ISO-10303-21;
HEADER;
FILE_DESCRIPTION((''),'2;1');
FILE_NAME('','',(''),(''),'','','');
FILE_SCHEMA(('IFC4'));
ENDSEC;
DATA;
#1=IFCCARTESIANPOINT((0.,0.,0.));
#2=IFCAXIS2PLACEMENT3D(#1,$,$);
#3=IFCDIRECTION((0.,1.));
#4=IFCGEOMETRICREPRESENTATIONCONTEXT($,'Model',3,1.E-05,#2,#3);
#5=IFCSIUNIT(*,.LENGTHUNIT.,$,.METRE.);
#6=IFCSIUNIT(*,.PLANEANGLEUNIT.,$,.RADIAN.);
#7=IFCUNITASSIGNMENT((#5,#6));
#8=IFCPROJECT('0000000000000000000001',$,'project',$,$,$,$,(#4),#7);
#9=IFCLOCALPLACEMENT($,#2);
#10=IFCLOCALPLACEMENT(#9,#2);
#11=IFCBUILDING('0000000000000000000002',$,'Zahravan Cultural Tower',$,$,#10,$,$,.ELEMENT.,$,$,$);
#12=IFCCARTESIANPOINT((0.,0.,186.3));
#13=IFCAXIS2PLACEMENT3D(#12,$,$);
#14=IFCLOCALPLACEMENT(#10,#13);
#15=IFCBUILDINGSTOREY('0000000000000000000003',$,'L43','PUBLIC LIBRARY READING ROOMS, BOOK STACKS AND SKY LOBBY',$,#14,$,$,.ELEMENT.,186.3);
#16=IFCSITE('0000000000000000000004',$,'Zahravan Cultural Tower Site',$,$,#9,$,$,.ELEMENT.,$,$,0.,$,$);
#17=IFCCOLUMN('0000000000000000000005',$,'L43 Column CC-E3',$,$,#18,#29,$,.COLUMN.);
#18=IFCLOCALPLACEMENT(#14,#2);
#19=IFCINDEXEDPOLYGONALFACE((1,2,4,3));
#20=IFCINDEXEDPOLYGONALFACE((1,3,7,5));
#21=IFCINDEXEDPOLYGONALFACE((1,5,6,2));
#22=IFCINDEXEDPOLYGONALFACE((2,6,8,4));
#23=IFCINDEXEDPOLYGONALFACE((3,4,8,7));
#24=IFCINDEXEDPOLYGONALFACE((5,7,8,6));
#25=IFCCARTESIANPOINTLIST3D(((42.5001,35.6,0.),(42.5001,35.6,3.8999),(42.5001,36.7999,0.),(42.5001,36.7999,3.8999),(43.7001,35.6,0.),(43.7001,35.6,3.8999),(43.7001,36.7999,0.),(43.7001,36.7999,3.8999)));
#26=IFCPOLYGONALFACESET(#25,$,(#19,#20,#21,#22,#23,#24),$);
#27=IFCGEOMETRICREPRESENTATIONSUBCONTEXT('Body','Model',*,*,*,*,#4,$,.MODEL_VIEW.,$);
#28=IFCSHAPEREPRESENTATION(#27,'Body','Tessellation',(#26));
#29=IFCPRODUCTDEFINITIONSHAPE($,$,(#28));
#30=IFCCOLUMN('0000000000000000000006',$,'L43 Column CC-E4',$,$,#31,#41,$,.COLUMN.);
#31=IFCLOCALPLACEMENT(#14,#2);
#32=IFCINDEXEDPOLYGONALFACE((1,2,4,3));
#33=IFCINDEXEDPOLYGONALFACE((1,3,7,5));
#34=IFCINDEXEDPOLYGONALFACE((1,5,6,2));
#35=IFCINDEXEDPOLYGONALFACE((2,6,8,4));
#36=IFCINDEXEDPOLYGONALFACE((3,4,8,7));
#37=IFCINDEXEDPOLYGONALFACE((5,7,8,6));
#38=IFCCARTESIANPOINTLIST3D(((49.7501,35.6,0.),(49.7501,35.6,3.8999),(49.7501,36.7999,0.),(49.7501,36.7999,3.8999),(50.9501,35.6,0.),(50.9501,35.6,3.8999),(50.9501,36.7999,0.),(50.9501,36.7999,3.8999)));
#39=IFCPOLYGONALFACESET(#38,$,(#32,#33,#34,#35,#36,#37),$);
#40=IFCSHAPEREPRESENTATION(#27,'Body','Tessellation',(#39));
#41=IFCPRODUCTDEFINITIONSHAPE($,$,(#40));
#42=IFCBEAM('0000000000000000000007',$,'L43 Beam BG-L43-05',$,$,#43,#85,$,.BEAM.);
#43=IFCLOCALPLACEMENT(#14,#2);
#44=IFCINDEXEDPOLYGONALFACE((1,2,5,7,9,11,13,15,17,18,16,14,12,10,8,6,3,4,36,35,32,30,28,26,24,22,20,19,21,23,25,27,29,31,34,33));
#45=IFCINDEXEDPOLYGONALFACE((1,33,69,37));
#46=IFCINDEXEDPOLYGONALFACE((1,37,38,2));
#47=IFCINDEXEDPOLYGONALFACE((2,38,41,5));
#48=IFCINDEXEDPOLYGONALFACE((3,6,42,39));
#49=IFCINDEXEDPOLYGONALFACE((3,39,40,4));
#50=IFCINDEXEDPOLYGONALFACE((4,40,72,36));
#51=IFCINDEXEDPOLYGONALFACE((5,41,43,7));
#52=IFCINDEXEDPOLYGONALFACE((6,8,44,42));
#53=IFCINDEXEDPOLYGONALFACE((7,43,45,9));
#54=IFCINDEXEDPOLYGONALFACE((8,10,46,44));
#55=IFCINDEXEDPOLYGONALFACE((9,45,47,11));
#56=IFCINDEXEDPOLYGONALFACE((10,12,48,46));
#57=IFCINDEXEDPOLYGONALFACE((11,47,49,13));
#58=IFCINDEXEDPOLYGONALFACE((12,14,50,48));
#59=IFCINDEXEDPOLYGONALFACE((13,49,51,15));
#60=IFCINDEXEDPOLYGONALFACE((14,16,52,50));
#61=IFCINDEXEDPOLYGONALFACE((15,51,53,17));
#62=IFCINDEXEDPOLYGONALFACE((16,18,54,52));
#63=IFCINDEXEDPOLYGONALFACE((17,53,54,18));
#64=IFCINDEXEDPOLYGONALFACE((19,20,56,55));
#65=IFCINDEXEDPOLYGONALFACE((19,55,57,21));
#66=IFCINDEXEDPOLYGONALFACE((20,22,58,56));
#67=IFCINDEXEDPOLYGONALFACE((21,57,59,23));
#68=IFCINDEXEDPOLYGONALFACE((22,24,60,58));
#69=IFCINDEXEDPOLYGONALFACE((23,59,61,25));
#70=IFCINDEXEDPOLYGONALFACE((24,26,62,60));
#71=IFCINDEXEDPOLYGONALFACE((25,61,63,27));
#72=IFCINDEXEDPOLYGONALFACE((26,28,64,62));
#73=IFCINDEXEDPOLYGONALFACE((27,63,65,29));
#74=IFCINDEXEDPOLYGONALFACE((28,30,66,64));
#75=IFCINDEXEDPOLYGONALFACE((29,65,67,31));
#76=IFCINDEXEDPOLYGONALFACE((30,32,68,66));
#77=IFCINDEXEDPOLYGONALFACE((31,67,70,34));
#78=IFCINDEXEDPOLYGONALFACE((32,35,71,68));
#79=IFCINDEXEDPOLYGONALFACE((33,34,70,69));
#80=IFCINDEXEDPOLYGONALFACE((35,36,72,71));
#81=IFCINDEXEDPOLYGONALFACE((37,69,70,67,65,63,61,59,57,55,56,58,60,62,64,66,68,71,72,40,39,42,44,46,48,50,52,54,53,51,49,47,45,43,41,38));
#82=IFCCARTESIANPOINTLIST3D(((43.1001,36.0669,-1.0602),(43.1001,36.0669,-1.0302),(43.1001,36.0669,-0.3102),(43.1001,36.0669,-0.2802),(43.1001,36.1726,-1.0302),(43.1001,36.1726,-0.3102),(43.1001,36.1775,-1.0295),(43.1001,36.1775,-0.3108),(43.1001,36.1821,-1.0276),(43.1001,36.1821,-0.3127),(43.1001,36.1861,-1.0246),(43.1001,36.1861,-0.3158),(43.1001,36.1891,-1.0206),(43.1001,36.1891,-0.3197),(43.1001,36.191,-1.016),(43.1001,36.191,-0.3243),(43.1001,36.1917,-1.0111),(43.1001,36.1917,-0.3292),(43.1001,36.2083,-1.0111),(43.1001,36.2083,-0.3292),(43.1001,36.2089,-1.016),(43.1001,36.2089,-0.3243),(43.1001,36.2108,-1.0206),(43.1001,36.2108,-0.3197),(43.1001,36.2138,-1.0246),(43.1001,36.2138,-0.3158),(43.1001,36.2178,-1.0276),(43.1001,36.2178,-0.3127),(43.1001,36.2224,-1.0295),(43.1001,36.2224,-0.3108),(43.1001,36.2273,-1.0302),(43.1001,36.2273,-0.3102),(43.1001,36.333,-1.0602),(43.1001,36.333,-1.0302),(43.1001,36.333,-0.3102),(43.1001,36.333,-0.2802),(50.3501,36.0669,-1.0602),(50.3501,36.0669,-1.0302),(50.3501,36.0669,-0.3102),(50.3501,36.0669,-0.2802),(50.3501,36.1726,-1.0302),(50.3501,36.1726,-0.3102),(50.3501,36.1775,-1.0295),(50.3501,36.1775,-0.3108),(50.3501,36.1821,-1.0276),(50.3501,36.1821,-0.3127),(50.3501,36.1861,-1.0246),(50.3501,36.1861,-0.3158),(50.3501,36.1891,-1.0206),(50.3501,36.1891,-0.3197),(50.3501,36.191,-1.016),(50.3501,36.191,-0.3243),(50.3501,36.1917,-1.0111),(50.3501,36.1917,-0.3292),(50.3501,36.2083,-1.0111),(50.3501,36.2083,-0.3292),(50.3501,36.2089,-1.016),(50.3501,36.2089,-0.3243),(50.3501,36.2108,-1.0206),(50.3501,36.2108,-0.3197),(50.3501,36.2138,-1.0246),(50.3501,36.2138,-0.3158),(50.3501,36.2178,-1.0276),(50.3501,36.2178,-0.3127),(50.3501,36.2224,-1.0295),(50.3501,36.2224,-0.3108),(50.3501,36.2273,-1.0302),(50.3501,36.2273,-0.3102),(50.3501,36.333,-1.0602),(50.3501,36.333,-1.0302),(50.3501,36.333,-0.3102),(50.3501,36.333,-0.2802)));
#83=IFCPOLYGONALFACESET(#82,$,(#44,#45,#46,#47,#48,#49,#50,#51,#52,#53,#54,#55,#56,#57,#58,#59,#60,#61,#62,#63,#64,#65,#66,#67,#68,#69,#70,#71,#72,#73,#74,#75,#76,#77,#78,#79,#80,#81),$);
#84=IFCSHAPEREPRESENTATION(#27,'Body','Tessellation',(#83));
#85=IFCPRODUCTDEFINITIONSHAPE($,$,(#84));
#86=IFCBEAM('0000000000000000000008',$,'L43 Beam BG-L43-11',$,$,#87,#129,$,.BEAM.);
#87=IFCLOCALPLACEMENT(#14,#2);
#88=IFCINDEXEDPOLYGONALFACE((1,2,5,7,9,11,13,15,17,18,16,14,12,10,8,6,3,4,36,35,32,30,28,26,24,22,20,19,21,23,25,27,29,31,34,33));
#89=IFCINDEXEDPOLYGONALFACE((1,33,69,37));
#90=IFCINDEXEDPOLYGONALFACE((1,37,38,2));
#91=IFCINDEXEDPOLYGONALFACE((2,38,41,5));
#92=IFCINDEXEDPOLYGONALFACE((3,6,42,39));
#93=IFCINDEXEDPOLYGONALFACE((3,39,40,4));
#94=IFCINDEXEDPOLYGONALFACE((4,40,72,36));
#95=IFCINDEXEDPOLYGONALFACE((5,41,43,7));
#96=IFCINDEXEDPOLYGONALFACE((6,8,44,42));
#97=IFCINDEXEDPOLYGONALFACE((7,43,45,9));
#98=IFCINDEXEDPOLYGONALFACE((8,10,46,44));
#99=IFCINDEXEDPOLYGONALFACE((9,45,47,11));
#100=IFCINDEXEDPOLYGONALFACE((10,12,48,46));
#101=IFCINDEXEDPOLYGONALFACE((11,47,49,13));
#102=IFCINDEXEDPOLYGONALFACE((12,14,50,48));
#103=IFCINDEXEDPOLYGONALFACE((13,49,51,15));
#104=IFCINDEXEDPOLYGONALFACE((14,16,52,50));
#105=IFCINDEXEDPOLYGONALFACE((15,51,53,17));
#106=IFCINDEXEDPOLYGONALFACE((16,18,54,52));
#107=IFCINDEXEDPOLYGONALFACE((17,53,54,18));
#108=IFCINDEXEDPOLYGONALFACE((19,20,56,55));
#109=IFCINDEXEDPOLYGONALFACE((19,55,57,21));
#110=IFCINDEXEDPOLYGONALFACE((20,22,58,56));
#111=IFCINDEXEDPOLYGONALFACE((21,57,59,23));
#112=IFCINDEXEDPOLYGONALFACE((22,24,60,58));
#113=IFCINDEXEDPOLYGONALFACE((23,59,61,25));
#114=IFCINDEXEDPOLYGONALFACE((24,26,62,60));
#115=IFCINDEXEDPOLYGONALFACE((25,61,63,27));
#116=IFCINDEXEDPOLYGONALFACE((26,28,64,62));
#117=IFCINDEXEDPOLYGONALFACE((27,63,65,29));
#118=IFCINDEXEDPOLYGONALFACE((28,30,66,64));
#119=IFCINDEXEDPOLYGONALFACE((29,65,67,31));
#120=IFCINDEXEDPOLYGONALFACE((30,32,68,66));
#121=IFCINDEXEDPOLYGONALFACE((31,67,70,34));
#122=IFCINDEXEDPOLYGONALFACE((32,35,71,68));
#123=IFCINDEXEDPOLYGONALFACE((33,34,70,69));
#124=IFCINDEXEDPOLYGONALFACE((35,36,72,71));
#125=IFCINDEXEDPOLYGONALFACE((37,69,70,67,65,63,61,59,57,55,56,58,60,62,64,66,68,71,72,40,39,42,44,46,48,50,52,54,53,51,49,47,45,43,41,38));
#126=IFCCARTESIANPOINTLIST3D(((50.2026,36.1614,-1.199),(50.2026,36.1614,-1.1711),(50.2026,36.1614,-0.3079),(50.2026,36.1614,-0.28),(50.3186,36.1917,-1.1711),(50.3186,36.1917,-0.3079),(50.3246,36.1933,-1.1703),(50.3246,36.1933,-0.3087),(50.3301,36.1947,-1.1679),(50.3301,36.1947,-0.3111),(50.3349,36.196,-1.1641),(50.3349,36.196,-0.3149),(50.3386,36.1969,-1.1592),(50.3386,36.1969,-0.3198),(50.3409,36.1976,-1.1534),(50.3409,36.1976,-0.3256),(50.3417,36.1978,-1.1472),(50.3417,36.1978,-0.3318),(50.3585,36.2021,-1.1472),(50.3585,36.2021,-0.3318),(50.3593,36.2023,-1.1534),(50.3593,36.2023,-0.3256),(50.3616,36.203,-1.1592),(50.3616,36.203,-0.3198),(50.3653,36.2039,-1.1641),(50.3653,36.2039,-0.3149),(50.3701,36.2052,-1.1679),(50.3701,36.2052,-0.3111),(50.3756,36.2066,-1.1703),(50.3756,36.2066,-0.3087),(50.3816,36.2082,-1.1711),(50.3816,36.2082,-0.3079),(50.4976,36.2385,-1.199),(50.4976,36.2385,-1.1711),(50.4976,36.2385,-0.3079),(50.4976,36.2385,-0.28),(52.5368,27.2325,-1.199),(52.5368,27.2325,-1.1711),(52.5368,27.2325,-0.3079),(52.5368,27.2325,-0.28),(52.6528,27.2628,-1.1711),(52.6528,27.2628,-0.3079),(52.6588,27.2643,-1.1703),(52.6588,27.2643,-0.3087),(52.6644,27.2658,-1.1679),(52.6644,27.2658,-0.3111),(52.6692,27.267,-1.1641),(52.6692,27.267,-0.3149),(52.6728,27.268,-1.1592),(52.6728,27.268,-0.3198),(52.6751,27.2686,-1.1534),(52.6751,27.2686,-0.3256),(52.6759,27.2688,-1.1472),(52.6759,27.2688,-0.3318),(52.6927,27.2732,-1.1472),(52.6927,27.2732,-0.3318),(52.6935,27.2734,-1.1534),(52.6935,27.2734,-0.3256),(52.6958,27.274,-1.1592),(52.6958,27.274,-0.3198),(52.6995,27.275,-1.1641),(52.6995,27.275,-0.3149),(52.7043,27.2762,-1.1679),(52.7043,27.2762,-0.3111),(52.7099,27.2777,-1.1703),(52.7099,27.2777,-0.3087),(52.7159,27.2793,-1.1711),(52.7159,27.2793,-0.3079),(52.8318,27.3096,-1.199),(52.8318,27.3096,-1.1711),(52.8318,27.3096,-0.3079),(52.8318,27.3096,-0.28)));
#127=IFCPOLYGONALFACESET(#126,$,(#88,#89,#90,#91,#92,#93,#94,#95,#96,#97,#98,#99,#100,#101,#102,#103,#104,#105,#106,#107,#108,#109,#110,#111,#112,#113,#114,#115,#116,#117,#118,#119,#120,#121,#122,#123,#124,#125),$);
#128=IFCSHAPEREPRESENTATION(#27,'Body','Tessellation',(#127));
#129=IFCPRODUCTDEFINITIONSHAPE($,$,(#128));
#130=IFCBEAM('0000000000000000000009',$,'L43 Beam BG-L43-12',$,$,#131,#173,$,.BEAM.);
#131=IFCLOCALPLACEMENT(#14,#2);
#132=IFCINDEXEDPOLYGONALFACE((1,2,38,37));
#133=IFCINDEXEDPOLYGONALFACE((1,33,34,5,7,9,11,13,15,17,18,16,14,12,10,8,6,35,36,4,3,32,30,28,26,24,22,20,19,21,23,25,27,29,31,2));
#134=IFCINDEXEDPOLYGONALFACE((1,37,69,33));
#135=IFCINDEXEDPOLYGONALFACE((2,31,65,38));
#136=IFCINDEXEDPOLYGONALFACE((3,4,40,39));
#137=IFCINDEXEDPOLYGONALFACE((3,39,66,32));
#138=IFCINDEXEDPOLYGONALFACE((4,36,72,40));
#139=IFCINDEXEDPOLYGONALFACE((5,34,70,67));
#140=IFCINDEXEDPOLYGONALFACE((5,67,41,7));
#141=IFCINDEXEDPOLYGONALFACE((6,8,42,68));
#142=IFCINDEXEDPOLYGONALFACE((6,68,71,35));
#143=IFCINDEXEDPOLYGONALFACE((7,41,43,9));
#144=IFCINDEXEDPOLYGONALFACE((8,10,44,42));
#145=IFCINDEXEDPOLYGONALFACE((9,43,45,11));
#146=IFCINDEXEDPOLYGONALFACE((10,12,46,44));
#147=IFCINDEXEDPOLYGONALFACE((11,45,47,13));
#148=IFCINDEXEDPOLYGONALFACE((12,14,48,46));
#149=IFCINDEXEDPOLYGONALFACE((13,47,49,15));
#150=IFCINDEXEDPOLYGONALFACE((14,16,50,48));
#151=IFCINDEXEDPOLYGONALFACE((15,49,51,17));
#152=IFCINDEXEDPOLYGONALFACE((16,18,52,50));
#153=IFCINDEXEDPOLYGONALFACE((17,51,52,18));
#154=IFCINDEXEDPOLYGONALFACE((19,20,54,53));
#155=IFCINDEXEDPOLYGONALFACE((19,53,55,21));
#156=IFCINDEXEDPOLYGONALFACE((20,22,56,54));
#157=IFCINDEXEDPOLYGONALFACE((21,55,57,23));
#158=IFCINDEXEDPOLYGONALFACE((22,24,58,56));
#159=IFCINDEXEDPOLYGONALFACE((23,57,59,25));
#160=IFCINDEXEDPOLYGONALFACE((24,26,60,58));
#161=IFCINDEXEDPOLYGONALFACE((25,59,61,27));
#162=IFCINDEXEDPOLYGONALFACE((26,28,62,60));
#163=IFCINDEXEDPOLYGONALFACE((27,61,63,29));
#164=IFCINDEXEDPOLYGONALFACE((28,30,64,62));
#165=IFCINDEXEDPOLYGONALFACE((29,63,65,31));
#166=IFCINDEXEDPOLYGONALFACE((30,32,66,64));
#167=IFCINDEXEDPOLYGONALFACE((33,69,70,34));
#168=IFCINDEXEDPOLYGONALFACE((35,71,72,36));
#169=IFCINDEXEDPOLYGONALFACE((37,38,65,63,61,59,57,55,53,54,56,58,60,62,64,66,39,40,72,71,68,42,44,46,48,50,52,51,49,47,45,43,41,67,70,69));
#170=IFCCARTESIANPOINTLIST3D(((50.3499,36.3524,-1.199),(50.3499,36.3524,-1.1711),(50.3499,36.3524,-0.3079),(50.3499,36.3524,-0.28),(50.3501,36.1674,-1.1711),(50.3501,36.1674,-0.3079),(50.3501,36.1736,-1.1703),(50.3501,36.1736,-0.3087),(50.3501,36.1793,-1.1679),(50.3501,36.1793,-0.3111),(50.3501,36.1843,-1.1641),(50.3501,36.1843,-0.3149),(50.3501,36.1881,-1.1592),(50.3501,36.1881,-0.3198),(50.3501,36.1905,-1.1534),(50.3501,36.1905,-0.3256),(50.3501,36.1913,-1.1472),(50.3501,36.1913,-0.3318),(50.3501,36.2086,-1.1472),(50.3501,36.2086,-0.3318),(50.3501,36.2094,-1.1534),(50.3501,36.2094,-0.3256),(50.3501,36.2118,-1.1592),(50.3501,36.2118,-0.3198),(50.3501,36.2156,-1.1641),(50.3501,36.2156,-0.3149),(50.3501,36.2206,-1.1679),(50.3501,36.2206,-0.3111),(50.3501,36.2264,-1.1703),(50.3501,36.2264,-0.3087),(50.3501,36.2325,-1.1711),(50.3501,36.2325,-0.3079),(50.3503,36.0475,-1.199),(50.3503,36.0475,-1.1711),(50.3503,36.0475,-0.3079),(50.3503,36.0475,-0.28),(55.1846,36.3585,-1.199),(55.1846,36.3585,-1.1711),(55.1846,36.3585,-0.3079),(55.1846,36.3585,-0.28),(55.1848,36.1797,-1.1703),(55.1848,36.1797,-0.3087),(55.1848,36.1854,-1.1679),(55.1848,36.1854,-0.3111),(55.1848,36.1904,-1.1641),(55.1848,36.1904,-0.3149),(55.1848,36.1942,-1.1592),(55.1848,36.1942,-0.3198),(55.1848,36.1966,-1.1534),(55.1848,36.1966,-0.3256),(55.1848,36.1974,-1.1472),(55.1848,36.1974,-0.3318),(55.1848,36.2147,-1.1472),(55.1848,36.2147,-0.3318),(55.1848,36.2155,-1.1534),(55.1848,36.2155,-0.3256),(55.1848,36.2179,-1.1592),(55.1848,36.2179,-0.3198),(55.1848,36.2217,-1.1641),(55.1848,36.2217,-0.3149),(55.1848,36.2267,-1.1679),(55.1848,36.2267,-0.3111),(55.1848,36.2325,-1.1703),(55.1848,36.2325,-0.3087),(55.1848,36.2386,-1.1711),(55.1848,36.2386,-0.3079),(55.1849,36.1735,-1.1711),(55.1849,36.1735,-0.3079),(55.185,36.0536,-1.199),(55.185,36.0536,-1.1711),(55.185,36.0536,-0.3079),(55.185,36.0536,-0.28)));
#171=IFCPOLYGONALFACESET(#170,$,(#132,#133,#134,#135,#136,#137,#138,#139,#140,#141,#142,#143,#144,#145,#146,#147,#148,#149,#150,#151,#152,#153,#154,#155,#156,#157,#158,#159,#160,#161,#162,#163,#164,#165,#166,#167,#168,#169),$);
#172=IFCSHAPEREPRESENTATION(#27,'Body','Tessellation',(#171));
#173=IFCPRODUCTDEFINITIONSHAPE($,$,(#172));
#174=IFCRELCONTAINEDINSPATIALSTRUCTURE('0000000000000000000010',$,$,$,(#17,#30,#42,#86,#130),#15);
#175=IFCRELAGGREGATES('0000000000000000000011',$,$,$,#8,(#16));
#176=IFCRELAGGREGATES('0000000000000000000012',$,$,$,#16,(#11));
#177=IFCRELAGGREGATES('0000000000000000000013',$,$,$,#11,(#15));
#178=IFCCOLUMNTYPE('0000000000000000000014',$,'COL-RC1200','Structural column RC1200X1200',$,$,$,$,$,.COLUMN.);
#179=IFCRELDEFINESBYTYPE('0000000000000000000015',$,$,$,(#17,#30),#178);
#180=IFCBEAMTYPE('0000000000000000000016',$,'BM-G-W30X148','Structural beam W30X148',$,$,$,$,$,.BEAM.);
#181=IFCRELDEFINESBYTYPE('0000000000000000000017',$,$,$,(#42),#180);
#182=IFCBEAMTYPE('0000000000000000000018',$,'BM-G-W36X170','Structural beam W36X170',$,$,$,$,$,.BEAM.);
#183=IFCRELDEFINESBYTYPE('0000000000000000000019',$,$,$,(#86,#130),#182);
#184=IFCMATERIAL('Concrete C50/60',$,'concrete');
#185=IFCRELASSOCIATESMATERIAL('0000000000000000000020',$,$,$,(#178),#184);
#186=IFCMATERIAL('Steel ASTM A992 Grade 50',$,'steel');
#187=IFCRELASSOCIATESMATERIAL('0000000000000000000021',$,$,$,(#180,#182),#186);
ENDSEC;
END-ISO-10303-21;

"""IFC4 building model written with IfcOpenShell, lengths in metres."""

from ifc_helpers import new_model, si_unit, direction, frame, origin, origin_2d, place, context, subcontext, project, spatial, rectangle, i_section, extrude, source, transform, mapped, material, material_profile, profile_set, type_object, element, save


model = new_model("IFC4")

# Units and contexts
model_context = context("Model", 3, precision=1e-05, world=origin(), true_north=direction((0.0, 1.0)))
body_context = subcontext(model_context, "Body", "Model", "MODEL_VIEW")
ifc_project = project(units=[si_unit("LENGTHUNIT", "METRE"), si_unit("PLANEANGLEUNIT", "RADIAN")], contexts=[model_context])

# Site, building, storey
site_placement = place(None, origin())
site = spatial("IfcSite", under=ifc_project, at=site_placement, Name="Zahravan Cultural Tower Site", CompositionType="ELEMENT", RefElevation=0.0)
building_placement = place(site_placement, origin())
building = spatial("IfcBuilding", under=site, at=building_placement, Name="Zahravan Cultural Tower", CompositionType="ELEMENT")
storey_placement = place(building_placement, frame((0.0, 0.0, 186.3)))
storey = spatial("IfcBuildingStorey", under=building, at=storey_placement, Name="L43", Description="PUBLIC LIBRARY READING ROOMS, BOOK STACKS AND SKY LOBBY", CompositionType="ELEMENT", Elevation=186.3)

# Columns
ifc_material_1 = material(Name="Concrete C50/60", Category="concrete")
ifc_material_profile_1 = material_profile(ifc_material_1, rectangle(XDim=1.2, YDim=1.2, at=origin_2d()), Name="RC1200X1200")
ifc_profile_set_1 = profile_set([ifc_material_profile_1], Name="Concrete C50/60")
column_type = type_object("IfcColumnType", Name="COL-RC1200", Description="Structural column RC1200X1200", PredefinedType="COLUMN", material=ifc_profile_set_1)
shared_shape_1 = source(origin(), body_context, "Body", "SweptSolid", [
    extrude(rectangle(XDim=1.2, YDim=1.2, at=origin_2d()), origin(), (0.0, 0.0, 1.0), 3.8999),
])
for number, where, z_axis, x_axis, name in (
    (1, (43.1001, 36.2, 0.0), (0.0, 0.0, 1.0), (1.0, 0.0, 0.0), "L43 Column CC-E3"),
    (2, (50.3501, 36.2, 0.0), (0.0, 0.0, 1.0), (1.0, 0.0, 0.0), "L43 Column CC-E4"),
):
    element("IfcColumn", number, at=place(storey_placement, frame(where, z_axis=z_axis, x_axis=x_axis)), inside=storey, type_object=column_type, Name=name, PredefinedType="COLUMN", context=body_context, shape_type="MappedRepresentation", body=[
        mapped(shared_shape_1, transform((0.0, 0.0, 0.0), x_axis=(1.0, 0.0, 0.0), y_axis=(0.0, 1.0, 0.0), z_axis=(0.0, 0.0, 1.0), scale=1.0)),
    ])

# Beams
ifc_material_2 = material(Name="Steel ASTM A992 Grade 50", Category="steel")
ifc_material_profile_2 = material_profile(ifc_material_2, i_section(OverallWidth=0.2661, OverallDepth=0.78, WebThickness=0.0166, FlangeThickness=0.03, FilletRadius=0.019, at=origin_2d()), Name="W30X148")
ifc_profile_set_2 = profile_set([ifc_material_profile_2], Name="Steel ASTM A992 Grade 50")
beam_type_1 = type_object("IfcBeamType", Name="BM-G-W30X148", Description="Structural beam W30X148", PredefinedType="BEAM", material=ifc_profile_set_2)
shared_shape_2 = source(origin(), body_context, "Body", "SweptSolid", [
    extrude(i_section(OverallWidth=0.2661, OverallDepth=0.78, WebThickness=0.0166, FlangeThickness=0.03, FilletRadius=0.019, at=origin_2d()), origin(), (0.0, 0.0, 1.0), 7.25),
])
beam_1_placement = place(storey_placement, frame((43.1001, 36.2, -0.6702), z_axis=(1.0, 0.0, 0.0), x_axis=(0.0, 1.0, 0.0)))
element("IfcBeam", 3, at=beam_1_placement, inside=storey, type_object=beam_type_1, Name="L43 Beam BG-L43-05", PredefinedType="BEAM", context=body_context, shape_type="MappedRepresentation", body=[
    mapped(shared_shape_2, transform((0.0, 0.0, 0.0), x_axis=(1.0, 0.0, 0.0), y_axis=(0.0, 1.0, 0.0), z_axis=(0.0, 0.0, 1.0), scale=1.0)),
])
ifc_material_profile_3 = material_profile(ifc_material_2, i_section(OverallWidth=0.3049, OverallDepth=0.9189, WebThickness=0.0173, FlangeThickness=0.0278, FilletRadius=0.0239, at=origin_2d()), Name="W36X170")
ifc_profile_set_3 = profile_set([ifc_material_profile_3], Name="Steel ASTM A992 Grade 50")
beam_type_2 = type_object("IfcBeamType", Name="BM-G-W36X170", Description="Structural beam W36X170", PredefinedType="BEAM", material=ifc_profile_set_3)
shared_shape_3 = source(origin(), body_context, "Body", "SweptSolid", [
    extrude(i_section(OverallWidth=0.3049, OverallDepth=0.9189, WebThickness=0.0173, FlangeThickness=0.0278, FilletRadius=0.0239, at=origin_2d()), origin(), (0.0, 0.0, 1.0), 9.229),
])
beam_2_placement = place(storey_placement, frame((50.3501, 36.2, -0.7395), z_axis=(0.252923, -0.967487, 0.0), x_axis=(0.967487, 0.252923, 0.0)))
element("IfcBeam", 4, at=beam_2_placement, inside=storey, type_object=beam_type_2, Name="L43 Beam BG-L43-11", PredefinedType="BEAM", context=body_context, shape_type="MappedRepresentation", body=[
    mapped(shared_shape_3, transform((0.0, 0.0, 0.0), x_axis=(1.0, 0.0, 0.0), y_axis=(0.0, 1.0, 0.0), z_axis=(0.0, 0.0, 1.0), scale=1.0)),
])
shared_shape_4 = source(origin(), body_context, "Body", "SweptSolid", [
    extrude(i_section(OverallWidth=0.3049, OverallDepth=0.9189, WebThickness=0.0173, FlangeThickness=0.0278, FilletRadius=0.0239, at=origin_2d()), origin(), (0.0, 0.0, 1.0), 4.8347),
])
beam_3_placement = place(storey_placement, frame((50.3501, 36.2, -0.7395), z_axis=(0.999999, 0.001262, 0.0), x_axis=(-0.001262, 0.999999, 0.0)))
element("IfcBeam", 5, at=beam_3_placement, inside=storey, type_object=beam_type_2, Name="L43 Beam BG-L43-12", PredefinedType="BEAM", context=body_context, shape_type="MappedRepresentation", body=[
    mapped(shared_shape_4, transform((0.0, 0.0, 0.0), x_axis=(1.0, 0.0, 0.0), y_axis=(0.0, 1.0, 0.0), z_axis=(0.0, 0.0, 1.0), scale=1.0)),
])

save(model, "model.ifc")
